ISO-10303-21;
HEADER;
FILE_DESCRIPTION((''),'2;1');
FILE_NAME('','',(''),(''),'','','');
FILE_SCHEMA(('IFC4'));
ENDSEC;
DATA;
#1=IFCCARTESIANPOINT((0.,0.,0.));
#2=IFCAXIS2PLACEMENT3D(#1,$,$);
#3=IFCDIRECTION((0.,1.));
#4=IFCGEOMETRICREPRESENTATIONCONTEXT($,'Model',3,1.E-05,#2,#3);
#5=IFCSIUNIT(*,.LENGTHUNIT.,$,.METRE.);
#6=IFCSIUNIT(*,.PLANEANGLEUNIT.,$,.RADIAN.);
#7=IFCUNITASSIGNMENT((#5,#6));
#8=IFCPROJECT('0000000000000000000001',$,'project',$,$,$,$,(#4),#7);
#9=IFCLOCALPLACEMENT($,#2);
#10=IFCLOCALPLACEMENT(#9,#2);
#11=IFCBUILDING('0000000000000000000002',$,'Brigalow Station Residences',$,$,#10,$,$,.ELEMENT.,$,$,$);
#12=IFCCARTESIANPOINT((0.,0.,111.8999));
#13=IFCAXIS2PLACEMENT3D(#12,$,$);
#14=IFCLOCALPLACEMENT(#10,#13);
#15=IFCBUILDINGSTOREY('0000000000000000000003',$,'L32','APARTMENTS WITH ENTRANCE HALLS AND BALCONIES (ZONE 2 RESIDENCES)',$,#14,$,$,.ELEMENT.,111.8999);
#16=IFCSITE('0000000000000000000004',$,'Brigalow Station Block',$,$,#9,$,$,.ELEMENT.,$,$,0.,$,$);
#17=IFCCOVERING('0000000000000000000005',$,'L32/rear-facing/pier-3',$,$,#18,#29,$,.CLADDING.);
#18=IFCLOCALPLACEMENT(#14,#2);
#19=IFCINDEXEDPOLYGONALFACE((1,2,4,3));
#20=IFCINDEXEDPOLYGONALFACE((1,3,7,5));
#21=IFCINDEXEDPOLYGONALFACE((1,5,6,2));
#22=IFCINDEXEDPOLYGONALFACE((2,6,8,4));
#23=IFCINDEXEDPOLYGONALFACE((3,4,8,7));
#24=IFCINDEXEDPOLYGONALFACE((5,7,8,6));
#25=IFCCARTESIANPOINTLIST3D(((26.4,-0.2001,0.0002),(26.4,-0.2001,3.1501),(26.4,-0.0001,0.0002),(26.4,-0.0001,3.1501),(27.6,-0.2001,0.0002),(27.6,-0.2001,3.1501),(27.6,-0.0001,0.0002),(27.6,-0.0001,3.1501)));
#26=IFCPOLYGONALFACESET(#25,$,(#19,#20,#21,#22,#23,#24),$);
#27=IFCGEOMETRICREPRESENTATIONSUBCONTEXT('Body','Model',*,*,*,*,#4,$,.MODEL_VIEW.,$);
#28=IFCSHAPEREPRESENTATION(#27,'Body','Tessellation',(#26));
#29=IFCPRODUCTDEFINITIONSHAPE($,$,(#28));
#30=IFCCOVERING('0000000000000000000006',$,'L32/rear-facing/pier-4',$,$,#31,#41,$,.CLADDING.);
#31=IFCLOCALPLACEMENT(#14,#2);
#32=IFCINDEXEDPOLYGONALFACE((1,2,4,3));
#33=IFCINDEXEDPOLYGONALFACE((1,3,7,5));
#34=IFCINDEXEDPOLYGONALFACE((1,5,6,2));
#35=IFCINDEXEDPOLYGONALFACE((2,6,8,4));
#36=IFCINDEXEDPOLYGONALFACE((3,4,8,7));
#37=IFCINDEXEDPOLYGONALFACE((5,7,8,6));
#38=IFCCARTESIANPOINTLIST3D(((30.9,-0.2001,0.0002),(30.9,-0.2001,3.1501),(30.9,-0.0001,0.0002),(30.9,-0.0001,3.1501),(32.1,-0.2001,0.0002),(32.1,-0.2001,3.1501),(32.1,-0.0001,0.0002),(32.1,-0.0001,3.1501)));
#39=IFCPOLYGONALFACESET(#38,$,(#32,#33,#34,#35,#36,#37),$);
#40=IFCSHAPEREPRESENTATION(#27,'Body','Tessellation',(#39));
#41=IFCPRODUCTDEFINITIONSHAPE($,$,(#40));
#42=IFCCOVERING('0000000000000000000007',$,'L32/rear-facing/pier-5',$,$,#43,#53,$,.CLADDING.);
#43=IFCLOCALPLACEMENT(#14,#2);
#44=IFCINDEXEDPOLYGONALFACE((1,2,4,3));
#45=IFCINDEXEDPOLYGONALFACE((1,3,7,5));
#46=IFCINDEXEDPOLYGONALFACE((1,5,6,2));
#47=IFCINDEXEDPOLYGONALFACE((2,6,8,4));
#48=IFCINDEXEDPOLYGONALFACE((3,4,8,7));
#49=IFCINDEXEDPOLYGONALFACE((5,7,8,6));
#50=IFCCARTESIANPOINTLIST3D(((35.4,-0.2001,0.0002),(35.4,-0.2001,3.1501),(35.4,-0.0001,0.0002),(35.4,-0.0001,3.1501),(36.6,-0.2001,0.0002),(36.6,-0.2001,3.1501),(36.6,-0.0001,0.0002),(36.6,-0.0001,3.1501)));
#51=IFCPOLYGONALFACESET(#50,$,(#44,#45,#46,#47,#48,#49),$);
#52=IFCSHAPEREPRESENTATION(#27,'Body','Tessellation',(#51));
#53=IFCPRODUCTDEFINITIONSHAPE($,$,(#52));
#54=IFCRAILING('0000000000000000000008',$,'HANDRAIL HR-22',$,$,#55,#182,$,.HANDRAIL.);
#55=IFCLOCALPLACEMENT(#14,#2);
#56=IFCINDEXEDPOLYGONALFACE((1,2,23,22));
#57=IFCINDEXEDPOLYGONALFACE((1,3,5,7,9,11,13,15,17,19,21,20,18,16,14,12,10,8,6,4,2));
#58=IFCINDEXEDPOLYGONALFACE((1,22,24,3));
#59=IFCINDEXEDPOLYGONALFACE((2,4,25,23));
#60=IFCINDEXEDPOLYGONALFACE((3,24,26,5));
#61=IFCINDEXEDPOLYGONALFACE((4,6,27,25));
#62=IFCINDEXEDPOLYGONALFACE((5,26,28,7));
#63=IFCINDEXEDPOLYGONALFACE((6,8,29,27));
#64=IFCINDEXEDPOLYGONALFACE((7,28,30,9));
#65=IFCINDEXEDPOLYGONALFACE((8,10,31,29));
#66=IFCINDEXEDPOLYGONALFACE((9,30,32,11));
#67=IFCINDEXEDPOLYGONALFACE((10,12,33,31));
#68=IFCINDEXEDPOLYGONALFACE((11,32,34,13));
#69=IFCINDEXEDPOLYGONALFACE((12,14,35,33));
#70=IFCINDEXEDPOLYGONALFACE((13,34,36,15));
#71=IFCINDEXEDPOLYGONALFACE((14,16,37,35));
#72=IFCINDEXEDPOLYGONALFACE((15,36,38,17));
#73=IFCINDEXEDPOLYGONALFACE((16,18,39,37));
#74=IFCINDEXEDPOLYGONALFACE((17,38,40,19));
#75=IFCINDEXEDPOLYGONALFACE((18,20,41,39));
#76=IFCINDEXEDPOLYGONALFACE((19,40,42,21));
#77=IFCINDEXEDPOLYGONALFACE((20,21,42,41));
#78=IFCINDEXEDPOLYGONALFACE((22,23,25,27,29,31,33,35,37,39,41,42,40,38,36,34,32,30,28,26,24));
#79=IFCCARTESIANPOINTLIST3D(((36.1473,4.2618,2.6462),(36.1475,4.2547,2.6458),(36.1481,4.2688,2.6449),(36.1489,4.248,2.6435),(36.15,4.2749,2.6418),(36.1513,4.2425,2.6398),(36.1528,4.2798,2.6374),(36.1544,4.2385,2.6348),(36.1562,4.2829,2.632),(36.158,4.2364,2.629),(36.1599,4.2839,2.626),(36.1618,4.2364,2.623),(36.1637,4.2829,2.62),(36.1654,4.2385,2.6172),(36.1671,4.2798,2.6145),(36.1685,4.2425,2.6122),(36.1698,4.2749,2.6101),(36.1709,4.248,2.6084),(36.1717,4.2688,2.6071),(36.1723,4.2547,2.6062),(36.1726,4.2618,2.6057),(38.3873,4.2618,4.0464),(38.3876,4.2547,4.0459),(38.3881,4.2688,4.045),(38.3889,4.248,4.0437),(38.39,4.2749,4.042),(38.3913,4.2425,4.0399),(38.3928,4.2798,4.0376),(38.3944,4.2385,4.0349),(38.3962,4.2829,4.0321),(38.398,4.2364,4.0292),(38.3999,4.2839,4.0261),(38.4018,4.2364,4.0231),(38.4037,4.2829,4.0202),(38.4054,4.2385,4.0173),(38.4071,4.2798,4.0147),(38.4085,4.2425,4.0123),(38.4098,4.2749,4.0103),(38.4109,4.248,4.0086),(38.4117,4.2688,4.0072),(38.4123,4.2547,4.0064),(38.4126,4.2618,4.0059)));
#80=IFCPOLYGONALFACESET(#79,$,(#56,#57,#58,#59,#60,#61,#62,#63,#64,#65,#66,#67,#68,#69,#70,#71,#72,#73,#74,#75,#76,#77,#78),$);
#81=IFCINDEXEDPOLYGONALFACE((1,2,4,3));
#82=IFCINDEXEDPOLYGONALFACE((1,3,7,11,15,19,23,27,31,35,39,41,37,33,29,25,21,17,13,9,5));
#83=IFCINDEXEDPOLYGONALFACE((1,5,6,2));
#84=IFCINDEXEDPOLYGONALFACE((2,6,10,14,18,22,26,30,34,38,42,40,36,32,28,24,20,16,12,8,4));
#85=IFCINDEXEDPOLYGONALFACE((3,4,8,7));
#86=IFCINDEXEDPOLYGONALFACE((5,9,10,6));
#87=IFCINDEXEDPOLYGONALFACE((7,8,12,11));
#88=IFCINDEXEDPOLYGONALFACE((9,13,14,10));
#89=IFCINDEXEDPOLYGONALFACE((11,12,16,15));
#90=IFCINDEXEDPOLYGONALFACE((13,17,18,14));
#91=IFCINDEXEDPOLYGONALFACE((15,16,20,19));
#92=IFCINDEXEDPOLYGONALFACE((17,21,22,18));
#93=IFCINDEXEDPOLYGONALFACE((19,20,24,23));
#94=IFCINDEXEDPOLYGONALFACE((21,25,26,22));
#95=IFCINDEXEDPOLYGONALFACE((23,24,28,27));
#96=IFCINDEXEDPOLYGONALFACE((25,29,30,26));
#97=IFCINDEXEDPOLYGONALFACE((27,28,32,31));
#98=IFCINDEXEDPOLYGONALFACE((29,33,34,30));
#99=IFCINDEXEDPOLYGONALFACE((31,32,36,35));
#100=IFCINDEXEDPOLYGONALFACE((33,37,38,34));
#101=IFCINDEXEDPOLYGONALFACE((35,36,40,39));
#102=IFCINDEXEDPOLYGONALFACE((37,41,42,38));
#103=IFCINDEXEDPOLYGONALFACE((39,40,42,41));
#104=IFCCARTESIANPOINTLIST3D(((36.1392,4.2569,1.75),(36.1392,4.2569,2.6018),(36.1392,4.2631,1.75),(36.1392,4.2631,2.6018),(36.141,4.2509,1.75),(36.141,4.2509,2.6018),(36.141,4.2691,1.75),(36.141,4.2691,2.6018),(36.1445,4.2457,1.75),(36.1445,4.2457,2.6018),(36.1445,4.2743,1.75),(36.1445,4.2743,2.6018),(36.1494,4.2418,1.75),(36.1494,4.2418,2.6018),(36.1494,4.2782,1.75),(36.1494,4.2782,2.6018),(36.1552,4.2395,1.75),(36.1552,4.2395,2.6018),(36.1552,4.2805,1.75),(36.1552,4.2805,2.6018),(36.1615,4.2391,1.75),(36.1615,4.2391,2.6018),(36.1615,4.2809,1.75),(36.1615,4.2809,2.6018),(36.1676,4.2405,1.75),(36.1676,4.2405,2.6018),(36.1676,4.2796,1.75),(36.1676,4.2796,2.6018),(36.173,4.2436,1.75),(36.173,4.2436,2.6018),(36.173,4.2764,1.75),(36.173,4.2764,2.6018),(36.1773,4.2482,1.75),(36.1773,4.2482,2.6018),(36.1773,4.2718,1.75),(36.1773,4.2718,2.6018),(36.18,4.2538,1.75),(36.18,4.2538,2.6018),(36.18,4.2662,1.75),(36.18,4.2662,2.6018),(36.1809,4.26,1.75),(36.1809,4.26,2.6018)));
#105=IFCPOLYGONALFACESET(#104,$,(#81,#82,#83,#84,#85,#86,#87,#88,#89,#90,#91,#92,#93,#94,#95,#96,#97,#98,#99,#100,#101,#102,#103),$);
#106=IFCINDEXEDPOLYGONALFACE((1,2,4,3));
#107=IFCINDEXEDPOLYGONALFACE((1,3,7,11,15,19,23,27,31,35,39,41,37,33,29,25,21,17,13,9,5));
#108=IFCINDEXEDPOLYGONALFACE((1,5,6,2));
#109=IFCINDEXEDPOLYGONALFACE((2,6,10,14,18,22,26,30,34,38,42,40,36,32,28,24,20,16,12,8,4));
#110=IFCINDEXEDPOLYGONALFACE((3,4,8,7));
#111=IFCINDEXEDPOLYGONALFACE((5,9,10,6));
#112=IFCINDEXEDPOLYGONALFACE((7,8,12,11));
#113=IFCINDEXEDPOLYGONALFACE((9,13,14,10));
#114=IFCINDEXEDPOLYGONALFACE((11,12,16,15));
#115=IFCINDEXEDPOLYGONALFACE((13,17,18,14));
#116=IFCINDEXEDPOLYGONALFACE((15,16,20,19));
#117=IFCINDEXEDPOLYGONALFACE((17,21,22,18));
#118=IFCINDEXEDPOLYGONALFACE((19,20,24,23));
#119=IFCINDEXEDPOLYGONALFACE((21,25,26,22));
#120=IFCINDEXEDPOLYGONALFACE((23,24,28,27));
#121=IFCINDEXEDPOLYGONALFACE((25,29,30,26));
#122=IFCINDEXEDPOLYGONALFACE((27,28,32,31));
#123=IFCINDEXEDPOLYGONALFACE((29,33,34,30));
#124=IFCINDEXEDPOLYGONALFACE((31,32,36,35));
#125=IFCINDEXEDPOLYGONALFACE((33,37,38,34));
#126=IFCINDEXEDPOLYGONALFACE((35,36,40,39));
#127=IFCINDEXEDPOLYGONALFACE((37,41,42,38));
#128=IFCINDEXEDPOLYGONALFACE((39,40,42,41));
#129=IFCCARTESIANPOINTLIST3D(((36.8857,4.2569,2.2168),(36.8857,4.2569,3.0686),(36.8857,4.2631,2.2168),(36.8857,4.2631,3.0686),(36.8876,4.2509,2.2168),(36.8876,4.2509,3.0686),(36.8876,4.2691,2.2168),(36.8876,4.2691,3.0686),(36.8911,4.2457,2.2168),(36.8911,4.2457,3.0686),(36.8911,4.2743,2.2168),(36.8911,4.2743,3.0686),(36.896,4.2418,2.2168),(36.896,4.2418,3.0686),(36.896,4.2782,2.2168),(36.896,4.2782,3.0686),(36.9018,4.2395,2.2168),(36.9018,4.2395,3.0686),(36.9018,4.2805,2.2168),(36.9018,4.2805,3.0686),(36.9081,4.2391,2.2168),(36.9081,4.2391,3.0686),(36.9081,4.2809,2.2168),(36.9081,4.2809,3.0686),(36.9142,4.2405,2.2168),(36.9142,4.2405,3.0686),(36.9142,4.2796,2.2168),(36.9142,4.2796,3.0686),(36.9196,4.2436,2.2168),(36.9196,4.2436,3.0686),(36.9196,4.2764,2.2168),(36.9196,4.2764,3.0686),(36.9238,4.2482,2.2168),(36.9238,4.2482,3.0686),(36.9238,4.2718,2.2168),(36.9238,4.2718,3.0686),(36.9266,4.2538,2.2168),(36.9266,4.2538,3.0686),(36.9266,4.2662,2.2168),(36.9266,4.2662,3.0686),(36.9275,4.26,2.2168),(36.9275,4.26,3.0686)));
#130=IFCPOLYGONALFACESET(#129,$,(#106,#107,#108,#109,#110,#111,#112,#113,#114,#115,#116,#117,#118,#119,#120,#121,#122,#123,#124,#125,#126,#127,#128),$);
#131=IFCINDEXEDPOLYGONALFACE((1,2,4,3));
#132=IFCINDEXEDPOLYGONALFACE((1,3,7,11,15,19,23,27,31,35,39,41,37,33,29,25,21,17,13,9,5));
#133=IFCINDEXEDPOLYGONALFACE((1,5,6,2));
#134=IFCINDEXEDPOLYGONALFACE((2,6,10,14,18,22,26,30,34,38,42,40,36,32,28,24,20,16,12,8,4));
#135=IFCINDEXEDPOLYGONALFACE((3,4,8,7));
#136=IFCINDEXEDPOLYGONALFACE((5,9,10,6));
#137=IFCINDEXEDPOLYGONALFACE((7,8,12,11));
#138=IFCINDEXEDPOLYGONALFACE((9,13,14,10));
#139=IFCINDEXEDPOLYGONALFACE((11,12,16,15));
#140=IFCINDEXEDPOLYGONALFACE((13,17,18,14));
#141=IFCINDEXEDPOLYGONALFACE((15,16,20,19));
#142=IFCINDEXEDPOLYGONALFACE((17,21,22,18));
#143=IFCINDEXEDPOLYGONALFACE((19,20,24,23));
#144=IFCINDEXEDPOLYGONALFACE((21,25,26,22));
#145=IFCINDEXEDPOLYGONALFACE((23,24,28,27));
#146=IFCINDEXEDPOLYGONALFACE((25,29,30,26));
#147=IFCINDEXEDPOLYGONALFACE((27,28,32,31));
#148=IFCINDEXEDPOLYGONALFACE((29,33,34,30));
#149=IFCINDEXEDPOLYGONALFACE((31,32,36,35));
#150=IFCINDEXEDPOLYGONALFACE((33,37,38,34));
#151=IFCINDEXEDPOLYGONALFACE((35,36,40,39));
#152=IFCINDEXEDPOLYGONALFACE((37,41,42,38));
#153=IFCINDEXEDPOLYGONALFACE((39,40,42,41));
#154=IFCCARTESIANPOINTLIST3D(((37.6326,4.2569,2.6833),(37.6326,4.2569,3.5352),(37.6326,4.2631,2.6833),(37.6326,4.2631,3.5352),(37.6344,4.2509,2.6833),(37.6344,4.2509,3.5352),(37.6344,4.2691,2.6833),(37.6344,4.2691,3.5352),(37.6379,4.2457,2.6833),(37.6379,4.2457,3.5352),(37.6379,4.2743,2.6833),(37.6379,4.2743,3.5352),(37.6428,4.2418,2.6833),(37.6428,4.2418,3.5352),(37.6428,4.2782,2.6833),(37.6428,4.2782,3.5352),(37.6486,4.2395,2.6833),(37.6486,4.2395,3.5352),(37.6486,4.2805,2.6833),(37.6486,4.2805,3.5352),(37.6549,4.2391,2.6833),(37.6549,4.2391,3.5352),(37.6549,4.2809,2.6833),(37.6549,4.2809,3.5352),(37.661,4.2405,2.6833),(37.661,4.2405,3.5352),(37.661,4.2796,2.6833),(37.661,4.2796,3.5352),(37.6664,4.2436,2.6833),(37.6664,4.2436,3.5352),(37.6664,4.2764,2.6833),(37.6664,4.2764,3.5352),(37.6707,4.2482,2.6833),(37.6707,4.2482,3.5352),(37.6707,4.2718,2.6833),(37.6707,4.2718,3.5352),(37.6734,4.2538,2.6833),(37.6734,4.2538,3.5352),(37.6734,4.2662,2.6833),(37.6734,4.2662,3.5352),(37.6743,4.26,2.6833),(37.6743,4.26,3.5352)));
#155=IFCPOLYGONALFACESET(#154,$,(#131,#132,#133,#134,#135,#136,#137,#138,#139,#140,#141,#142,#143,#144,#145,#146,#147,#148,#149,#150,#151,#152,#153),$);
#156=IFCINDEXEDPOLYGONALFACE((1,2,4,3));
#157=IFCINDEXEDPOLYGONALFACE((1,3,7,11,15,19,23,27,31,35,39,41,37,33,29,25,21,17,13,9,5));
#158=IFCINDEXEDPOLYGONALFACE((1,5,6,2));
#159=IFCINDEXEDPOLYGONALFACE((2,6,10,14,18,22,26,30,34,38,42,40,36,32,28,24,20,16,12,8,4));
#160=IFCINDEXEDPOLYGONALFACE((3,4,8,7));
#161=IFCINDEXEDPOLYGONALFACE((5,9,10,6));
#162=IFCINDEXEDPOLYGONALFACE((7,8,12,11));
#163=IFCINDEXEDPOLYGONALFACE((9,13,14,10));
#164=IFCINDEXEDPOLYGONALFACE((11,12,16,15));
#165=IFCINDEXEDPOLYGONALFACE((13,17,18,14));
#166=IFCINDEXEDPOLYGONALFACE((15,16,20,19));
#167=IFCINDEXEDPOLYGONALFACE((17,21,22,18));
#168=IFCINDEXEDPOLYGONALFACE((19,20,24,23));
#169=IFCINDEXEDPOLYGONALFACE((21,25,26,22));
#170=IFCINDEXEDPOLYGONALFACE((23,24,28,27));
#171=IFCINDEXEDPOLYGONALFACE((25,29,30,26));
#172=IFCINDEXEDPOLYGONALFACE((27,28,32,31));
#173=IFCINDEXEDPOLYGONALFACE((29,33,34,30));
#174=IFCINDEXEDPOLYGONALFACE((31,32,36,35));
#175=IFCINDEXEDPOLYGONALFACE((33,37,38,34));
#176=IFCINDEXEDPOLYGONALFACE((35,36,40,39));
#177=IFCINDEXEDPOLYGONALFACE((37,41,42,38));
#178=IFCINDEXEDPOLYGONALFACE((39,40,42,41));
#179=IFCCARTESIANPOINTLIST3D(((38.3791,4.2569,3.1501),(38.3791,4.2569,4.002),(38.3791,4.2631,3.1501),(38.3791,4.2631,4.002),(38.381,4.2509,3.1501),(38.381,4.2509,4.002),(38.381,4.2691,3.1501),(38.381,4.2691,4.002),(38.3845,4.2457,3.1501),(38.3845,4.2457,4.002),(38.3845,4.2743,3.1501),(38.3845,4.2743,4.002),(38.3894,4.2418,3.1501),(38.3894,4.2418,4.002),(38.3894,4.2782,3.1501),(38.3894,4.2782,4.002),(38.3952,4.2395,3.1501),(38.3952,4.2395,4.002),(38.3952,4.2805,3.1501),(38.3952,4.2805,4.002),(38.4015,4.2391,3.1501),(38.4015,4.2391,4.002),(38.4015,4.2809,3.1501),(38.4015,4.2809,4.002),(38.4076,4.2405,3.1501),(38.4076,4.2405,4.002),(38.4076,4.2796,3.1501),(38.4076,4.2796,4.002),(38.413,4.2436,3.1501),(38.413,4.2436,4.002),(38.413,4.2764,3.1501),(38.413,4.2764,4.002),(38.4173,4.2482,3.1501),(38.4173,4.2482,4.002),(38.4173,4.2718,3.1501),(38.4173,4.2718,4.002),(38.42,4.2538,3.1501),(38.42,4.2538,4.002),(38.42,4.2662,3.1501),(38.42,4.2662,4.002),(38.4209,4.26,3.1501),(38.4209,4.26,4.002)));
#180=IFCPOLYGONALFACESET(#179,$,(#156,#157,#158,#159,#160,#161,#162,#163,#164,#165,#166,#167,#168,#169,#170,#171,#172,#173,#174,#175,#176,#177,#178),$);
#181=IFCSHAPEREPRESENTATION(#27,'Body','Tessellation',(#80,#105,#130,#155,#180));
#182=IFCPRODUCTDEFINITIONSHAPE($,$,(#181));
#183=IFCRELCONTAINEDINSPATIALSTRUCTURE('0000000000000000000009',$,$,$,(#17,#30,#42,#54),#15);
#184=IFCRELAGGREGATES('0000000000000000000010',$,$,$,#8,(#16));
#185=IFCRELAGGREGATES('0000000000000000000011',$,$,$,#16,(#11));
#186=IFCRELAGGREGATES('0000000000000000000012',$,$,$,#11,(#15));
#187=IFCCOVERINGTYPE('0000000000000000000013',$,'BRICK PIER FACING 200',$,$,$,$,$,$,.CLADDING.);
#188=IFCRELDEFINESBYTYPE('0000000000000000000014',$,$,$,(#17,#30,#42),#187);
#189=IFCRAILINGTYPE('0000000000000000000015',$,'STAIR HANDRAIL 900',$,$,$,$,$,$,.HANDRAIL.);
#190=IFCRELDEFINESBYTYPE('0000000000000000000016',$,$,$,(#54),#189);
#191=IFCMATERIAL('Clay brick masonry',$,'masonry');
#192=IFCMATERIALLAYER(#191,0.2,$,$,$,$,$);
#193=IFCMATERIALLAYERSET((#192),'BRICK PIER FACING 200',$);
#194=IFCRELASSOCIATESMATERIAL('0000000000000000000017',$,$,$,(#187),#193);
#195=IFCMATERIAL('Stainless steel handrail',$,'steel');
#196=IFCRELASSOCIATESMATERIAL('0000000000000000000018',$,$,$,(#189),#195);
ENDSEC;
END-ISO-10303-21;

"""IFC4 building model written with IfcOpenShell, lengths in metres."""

from ifc_helpers import new_model, si_unit, direction, frame, origin, origin_2d, place, context, subcontext, project, spatial, rectangle, circle, extrude, material, layer, layer_set, type_object, element, save


model = new_model("IFC4")

# Units and contexts
model_context = context("Model", 3, precision=1e-05, world=origin(), true_north=direction((0.0, 1.0)))
body_context = subcontext(model_context, "Body", "Model", "MODEL_VIEW")
ifc_project = project(units=[si_unit("LENGTHUNIT", "METRE"), si_unit("PLANEANGLEUNIT", "RADIAN")], contexts=[model_context])

# Site, building, storey
site_placement = place(None, origin())
site = spatial("IfcSite", under=ifc_project, at=site_placement, Name="Brigalow Station Block", CompositionType="ELEMENT", RefElevation=0.0)
building_placement = place(site_placement, origin())
building = spatial("IfcBuilding", under=site, at=building_placement, Name="Brigalow Station Residences", CompositionType="ELEMENT")
storey_placement = place(building_placement, frame((0.0, 0.0, 111.8999)))
storey = spatial("IfcBuildingStorey", under=building, at=storey_placement, Name="L32", Description="APARTMENTS WITH ENTRANCE HALLS AND BALCONIES (ZONE 2 RESIDENCES)", CompositionType="ELEMENT", Elevation=111.8999)

# Coverings
ifc_material_1 = material(Name="Clay brick masonry", Category="masonry")
ifc_layer_1 = layer(ifc_material_1, 0.2)
ifc_layer_set_1 = layer_set([ifc_layer_1], Name="BRICK PIER FACING 200")
covering_type_1 = type_object("IfcCoveringType", Name="BRICK PIER FACING 200", PredefinedType="CLADDING", material=ifc_layer_set_1)
for number, where, z_axis, x_axis, name in (
    (1, (27.0, -0.1001, 0.0002), (0.0, 0.0, 1.0), (1.0, 0.0, 0.0), "L32/rear-facing/pier-3"),
    (2, (31.5, -0.1001, 0.0002), (0.0, 0.0, 1.0), (1.0, 0.0, 0.0), "L32/rear-facing/pier-4"),
    (3, (36.0, -0.1001, 0.0002), (0.0, 0.0, 1.0), (1.0, 0.0, 0.0), "L32/rear-facing/pier-5"),
):
    element("IfcCovering", number, at=place(storey_placement, frame(where, z_axis=z_axis, x_axis=x_axis)), inside=storey, type_object=covering_type_1, Name=name, PredefinedType="CLADDING", context=body_context, shape_type="SweptSolid", body=[
        extrude(rectangle(XDim=1.2, YDim=0.2, at=origin_2d()), origin(), (0.0, 0.0, 1.0), 3.1499),
    ])

# Railing
ifc_material_2 = material(Name="Stainless steel handrail", Category="steel")
railing_type = type_object("IfcRailingType", Name="STAIR HANDRAIL 900", PredefinedType="HANDRAIL", material=ifc_material_2)
railing_placement = place(storey_placement, frame((36.1599, 4.26, 1.75)))
element("IfcRailing", 4, at=railing_placement, inside=storey, type_object=railing_type, Name="HANDRAIL HR-22", PredefinedType="HANDRAIL", context=body_context, shape_type="SweptSolid", body=[
    extrude(circle(Radius=0.0239, at=origin_2d()), frame((0.0, 0.0, 0.876), z_axis=(0.847972, 0.0, 0.53004), x_axis=(0.0, 1.0, 0.0)), (0.0, 0.0, 1.0), 2.6416),
    extrude(circle(Radius=0.021, at=origin_2d()), origin(), (0.0, 0.0, 1.0), 0.8518),
    extrude(circle(Radius=0.021, at=origin_2d()), frame((0.7466, 0.0, 0.4668)), (0.0, 0.0, 1.0), 0.8518),
    extrude(circle(Radius=0.021, at=origin_2d()), frame((1.4934, 0.0, 0.9333)), (0.0, 0.0, 1.0), 0.8518),
    extrude(circle(Radius=0.021, at=origin_2d()), frame((2.24, 0.0, 1.4001)), (0.0, 0.0, 1.0), 0.8518),
])

save(model, "model.ifc")
